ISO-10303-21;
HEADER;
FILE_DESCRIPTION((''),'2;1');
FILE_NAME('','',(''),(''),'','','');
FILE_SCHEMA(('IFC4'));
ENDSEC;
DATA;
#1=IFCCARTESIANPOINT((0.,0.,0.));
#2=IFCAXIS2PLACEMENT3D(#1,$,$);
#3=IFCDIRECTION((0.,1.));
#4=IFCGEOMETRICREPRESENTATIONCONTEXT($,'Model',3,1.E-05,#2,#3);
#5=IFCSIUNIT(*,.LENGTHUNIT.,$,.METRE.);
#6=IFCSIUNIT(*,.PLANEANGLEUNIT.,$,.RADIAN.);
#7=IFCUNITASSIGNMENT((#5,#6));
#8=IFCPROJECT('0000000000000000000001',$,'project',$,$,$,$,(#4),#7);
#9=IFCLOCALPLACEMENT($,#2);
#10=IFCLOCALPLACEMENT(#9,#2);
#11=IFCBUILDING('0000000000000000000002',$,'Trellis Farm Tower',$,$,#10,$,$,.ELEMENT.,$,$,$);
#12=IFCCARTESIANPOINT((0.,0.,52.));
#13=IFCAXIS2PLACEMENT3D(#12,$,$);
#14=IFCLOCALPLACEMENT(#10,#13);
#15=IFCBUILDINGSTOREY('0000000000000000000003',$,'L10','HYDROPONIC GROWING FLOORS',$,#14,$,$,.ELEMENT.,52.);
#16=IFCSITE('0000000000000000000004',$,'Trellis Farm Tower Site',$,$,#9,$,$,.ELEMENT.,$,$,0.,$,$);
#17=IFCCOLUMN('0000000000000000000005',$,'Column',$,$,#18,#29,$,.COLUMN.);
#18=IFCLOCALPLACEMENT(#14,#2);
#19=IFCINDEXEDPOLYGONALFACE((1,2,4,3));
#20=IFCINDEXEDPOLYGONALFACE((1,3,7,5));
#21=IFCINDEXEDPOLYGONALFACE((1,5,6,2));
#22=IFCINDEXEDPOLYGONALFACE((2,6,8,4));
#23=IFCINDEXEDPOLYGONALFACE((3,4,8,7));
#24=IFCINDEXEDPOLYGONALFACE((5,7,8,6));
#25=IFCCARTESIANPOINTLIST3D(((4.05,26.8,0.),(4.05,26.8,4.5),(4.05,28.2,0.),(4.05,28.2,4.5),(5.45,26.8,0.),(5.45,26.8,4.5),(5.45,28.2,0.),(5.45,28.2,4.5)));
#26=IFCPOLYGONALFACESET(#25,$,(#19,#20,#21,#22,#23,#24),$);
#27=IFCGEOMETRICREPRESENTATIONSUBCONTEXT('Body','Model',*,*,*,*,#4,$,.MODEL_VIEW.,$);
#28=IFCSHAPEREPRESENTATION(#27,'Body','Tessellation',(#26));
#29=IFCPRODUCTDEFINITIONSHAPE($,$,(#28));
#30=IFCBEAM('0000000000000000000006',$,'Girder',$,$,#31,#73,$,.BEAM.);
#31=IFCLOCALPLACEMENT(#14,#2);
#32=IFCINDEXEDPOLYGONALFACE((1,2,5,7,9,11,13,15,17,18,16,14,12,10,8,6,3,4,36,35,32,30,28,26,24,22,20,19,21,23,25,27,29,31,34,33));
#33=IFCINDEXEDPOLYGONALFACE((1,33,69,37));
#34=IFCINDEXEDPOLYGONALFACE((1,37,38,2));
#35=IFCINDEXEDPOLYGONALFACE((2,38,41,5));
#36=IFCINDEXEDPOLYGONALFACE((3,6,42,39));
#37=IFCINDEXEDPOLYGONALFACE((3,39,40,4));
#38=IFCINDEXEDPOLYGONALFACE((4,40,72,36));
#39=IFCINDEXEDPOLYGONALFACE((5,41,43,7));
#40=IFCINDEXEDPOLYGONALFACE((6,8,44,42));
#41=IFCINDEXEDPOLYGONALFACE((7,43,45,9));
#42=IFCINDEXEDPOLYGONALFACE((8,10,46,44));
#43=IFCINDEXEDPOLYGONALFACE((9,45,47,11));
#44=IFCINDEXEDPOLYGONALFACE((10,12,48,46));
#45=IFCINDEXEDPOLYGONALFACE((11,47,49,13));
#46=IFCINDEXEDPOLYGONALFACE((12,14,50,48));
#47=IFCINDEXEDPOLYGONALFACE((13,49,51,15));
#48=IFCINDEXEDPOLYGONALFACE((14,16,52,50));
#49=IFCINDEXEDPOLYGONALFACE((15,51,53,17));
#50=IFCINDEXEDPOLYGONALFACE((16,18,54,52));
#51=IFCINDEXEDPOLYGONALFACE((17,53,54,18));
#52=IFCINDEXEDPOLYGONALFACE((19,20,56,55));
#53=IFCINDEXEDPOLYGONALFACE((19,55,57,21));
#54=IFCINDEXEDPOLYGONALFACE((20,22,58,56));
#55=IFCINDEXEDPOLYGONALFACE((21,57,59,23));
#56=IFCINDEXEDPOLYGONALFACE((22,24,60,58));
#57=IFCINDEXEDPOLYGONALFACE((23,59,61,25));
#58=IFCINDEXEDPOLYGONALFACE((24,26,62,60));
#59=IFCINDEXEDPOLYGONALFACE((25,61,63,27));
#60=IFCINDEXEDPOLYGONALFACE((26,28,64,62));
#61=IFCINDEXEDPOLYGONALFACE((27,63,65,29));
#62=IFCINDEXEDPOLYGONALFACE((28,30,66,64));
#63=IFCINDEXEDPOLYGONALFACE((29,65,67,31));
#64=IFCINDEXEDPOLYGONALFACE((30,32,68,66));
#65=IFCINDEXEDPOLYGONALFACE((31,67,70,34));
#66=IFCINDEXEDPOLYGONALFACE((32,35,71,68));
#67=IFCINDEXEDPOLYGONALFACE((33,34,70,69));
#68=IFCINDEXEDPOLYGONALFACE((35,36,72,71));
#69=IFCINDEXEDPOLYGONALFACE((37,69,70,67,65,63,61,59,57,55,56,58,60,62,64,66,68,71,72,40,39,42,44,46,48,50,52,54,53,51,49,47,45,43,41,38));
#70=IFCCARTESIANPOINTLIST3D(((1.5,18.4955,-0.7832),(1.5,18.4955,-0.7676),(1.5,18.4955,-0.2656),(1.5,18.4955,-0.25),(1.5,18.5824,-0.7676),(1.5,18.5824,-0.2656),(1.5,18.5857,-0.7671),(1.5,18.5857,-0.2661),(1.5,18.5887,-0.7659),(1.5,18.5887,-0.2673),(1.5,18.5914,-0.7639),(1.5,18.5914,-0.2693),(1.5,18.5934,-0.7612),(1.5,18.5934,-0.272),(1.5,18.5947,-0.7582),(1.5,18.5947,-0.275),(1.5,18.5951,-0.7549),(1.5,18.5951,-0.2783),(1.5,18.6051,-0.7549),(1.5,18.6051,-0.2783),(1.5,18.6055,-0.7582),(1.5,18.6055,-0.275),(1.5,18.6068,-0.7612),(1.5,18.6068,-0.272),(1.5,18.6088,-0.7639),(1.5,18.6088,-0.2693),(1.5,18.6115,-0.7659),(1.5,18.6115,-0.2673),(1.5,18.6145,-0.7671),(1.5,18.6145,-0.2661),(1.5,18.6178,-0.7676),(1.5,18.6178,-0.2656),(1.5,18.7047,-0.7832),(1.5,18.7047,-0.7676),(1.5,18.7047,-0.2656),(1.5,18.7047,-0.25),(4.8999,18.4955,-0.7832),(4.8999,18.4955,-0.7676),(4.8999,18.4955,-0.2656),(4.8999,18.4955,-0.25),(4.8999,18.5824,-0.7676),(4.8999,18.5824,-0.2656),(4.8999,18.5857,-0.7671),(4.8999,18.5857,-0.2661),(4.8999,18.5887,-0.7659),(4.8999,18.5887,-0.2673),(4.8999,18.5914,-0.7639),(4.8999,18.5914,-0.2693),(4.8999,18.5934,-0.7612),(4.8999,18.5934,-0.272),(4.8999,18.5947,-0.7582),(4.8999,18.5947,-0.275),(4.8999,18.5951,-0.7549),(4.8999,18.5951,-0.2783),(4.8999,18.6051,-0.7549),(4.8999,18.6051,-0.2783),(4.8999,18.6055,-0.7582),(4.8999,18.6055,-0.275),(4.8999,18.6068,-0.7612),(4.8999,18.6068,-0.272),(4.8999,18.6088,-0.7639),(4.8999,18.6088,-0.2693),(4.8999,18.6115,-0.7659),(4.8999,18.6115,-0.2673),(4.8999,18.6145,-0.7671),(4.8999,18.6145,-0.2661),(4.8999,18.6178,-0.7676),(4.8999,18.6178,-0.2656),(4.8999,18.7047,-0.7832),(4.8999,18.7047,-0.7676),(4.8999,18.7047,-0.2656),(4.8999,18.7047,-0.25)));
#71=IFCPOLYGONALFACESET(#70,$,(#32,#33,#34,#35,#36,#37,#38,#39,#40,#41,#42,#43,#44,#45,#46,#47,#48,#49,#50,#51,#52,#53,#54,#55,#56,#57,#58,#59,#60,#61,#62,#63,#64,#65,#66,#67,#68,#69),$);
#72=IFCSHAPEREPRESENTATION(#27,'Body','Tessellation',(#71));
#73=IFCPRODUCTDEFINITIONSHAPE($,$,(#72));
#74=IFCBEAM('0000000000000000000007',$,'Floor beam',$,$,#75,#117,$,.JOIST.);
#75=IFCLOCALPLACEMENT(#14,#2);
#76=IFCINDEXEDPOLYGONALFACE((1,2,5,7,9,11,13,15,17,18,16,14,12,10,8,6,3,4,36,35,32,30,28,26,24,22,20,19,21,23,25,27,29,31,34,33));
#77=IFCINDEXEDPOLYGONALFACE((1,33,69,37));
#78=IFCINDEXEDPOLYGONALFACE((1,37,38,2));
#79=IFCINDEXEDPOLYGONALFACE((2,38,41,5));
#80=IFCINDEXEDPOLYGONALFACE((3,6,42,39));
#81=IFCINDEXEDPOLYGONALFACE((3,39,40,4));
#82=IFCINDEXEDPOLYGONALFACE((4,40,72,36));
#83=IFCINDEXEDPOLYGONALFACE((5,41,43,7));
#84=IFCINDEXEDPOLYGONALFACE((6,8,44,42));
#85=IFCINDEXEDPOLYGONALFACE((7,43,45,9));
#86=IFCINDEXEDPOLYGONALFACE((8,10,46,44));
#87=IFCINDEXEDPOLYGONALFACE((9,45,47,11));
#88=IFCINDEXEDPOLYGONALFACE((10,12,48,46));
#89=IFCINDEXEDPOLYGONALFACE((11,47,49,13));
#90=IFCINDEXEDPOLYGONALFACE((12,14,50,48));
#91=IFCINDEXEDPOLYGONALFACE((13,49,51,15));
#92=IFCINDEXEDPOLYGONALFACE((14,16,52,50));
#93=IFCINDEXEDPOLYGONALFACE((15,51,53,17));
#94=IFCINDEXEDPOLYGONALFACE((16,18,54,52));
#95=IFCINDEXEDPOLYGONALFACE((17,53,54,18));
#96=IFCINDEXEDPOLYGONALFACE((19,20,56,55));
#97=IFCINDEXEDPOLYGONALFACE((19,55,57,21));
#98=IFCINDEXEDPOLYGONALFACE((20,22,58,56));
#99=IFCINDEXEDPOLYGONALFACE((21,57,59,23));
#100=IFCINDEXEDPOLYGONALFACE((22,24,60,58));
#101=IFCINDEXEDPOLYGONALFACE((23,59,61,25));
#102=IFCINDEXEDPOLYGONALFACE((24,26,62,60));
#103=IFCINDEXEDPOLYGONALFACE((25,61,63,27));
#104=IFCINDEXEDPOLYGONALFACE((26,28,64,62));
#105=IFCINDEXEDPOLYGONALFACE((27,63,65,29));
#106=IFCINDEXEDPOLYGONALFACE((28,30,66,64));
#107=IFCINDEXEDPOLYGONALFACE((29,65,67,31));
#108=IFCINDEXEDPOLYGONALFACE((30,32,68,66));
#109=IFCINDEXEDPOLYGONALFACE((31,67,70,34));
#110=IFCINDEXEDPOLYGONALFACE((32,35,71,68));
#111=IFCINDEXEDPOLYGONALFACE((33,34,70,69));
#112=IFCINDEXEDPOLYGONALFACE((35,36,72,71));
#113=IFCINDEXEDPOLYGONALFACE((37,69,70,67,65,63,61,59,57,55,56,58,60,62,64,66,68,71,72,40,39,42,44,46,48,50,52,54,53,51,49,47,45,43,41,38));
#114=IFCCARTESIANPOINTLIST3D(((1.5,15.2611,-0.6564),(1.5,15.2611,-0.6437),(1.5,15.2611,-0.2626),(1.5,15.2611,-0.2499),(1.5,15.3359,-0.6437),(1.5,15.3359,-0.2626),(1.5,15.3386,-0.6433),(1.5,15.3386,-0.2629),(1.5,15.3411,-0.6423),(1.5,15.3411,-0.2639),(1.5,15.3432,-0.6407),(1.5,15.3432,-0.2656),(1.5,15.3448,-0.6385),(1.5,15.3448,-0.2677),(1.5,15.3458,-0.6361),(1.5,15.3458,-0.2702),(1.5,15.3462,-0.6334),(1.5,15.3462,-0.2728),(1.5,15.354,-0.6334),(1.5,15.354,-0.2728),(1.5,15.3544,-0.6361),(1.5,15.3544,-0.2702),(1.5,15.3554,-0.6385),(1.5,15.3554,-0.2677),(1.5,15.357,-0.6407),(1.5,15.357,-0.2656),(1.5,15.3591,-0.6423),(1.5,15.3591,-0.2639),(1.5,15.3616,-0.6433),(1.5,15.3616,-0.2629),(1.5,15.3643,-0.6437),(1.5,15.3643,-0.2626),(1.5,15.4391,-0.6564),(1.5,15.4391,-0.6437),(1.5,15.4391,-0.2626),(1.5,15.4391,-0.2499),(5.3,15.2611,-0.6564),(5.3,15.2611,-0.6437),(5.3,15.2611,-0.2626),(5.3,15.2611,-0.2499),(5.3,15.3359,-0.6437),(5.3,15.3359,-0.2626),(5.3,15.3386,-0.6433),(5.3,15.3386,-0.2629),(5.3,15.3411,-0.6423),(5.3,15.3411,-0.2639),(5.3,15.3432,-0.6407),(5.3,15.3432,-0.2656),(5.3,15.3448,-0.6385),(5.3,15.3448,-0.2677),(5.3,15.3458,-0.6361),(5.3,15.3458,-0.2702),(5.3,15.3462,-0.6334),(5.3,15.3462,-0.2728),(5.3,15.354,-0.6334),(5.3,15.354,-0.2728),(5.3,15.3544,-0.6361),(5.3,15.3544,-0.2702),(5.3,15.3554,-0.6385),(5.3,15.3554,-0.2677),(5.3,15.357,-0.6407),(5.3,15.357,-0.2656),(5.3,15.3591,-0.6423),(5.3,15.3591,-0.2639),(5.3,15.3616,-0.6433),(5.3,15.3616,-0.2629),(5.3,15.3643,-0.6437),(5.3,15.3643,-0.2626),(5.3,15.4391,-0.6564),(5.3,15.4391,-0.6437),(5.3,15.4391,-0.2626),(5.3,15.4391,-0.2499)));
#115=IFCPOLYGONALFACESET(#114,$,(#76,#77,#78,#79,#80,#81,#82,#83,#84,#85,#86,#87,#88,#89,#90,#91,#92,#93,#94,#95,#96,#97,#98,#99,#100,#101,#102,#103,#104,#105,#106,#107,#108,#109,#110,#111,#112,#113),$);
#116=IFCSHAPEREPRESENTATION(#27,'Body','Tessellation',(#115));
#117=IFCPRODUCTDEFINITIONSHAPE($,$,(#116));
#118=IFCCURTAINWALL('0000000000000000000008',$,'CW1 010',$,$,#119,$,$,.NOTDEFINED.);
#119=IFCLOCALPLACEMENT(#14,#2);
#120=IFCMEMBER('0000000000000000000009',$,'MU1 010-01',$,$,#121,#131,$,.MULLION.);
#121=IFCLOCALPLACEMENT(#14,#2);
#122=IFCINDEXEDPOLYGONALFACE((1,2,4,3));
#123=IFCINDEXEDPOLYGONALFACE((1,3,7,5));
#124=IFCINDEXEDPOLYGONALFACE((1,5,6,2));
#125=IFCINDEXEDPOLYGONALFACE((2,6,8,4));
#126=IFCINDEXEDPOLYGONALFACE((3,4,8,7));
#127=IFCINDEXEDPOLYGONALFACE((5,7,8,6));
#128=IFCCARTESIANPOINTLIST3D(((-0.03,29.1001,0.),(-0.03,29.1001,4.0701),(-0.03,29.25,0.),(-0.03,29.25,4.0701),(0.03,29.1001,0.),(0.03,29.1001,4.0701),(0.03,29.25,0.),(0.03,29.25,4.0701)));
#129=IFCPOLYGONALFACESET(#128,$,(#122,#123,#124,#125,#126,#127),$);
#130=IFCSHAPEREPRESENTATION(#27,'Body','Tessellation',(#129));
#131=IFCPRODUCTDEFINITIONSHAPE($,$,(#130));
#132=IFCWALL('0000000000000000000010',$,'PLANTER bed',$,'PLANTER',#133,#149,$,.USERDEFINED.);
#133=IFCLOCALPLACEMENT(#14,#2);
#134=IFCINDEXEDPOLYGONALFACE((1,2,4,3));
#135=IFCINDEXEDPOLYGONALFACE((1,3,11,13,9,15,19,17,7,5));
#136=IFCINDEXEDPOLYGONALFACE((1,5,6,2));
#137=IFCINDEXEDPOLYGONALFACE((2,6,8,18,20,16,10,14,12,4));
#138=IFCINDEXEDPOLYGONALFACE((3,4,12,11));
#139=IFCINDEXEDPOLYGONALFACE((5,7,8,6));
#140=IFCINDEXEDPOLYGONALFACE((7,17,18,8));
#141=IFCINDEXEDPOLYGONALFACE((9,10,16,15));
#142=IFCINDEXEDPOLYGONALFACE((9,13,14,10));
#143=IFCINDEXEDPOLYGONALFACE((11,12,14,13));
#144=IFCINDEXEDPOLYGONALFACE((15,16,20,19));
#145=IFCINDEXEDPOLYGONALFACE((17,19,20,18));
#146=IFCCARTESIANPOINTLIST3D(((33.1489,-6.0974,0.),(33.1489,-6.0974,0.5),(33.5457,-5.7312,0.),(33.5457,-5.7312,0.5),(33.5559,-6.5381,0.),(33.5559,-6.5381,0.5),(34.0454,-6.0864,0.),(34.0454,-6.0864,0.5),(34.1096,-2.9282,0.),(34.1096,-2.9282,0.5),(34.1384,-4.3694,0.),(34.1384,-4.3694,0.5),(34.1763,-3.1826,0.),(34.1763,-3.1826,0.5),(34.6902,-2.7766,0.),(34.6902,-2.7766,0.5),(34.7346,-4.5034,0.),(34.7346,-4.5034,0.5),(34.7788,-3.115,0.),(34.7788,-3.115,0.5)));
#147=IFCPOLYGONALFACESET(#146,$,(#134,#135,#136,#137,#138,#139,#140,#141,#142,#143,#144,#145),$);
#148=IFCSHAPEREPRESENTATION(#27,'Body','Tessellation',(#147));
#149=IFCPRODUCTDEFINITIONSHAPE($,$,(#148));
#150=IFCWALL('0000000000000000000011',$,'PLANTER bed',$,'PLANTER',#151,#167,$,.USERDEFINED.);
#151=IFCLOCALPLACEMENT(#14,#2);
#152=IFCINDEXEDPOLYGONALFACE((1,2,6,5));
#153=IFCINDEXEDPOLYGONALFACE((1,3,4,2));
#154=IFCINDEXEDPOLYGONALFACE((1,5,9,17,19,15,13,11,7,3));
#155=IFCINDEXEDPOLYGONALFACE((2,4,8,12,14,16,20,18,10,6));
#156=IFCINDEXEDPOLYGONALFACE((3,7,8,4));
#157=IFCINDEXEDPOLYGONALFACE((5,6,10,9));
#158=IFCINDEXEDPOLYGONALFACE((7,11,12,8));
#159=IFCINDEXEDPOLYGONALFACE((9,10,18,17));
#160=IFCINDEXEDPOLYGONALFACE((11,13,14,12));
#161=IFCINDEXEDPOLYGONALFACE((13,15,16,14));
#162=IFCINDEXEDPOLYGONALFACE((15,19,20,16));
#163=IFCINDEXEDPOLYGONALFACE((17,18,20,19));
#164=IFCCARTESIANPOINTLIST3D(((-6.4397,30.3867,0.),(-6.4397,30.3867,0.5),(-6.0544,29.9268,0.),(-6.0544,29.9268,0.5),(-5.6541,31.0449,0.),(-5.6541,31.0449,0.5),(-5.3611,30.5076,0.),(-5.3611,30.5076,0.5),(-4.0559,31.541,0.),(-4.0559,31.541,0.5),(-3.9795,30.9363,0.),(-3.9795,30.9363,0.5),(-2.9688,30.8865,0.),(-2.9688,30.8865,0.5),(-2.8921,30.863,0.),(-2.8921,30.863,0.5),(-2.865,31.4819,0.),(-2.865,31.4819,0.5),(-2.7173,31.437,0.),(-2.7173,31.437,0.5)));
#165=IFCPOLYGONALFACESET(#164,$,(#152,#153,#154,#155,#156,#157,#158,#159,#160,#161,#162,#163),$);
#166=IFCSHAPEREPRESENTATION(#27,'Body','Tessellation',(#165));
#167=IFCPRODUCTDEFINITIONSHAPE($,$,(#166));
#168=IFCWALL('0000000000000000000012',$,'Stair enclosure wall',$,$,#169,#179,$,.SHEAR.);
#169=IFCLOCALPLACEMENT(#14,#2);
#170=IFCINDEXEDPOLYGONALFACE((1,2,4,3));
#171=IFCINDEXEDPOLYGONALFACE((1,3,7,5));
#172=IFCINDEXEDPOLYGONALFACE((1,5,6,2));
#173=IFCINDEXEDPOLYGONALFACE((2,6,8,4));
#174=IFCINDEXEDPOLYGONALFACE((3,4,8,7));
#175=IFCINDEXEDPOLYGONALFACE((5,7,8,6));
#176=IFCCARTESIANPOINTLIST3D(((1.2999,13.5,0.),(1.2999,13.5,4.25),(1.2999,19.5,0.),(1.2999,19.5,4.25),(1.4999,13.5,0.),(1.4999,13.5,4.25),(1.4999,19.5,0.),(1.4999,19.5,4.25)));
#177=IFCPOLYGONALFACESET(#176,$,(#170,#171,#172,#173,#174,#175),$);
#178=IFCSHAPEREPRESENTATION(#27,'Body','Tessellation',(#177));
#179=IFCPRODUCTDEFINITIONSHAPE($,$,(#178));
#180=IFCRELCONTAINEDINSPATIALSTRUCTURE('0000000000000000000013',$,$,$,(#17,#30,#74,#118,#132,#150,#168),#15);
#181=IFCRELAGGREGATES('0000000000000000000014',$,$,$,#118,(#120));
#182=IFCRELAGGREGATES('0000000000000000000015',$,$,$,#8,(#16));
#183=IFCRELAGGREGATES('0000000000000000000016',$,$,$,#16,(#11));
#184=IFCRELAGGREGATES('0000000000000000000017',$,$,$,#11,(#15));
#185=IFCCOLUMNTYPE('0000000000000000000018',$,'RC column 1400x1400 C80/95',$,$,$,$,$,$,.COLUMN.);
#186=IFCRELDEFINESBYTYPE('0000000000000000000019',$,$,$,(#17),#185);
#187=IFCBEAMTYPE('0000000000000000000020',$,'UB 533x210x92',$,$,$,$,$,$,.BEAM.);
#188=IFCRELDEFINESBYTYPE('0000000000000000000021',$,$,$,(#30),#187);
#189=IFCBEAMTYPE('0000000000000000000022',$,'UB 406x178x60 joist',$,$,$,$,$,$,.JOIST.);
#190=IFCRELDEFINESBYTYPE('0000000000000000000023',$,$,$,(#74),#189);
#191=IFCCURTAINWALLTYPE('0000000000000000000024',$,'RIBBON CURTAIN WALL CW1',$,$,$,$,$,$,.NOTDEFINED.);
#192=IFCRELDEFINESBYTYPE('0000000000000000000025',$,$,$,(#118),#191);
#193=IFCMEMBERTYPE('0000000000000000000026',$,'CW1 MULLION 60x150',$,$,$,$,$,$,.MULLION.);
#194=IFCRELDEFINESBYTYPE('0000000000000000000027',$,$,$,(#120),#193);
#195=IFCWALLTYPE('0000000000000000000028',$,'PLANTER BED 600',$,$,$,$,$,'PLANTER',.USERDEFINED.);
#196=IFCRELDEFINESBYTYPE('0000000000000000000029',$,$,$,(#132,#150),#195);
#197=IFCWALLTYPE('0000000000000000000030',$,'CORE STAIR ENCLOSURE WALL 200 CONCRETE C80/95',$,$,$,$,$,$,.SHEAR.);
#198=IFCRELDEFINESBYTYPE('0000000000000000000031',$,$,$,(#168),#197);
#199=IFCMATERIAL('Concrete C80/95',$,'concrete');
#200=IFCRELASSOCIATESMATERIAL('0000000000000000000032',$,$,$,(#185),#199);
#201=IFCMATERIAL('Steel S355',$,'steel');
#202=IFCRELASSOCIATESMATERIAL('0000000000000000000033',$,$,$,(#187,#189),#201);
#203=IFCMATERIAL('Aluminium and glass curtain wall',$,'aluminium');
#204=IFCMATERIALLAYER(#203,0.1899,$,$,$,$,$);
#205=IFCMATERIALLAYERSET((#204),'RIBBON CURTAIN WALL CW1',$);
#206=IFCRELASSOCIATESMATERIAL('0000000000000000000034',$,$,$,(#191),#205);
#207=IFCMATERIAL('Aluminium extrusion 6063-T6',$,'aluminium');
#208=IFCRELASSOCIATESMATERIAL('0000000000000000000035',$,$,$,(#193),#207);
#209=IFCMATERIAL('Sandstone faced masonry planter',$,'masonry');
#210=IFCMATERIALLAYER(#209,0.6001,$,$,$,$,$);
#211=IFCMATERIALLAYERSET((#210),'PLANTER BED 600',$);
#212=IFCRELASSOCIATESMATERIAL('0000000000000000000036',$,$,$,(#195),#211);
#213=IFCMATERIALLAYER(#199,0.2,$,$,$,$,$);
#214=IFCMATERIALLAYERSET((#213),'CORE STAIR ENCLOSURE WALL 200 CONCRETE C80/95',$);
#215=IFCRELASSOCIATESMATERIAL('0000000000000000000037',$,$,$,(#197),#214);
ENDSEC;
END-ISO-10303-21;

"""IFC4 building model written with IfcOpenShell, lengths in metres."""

from ifc_helpers import new_model, si_unit, direction, frame, frame_2d, origin, origin_2d, place, context, subcontext, project, spatial, polyline, rectangle, i_section, outline, extrude, source, transform, mapped, material, layer, layer_set, material_profile, profile_set, type_object, element, aggregate, save


model = new_model("IFC4")

# Units and contexts
model_context = context("Model", 3, precision=1e-05, world=origin(), true_north=direction((0.0, 1.0)))
body_context = subcontext(model_context, "Body", "Model", "MODEL_VIEW")
ifc_project = project(units=[si_unit("LENGTHUNIT", "METRE"), si_unit("PLANEANGLEUNIT", "RADIAN")], contexts=[model_context])

# Site, building, storey
site_placement = place(None, origin())
site = spatial("IfcSite", under=ifc_project, at=site_placement, Name="Trellis Farm Tower Site", CompositionType="ELEMENT", RefElevation=0.0)
building_placement = place(site_placement, origin())
building = spatial("IfcBuilding", under=site, at=building_placement, Name="Trellis Farm Tower", CompositionType="ELEMENT")
storey_placement = place(building_placement, frame((0.0, 0.0, 52.0)))
storey = spatial("IfcBuildingStorey", under=building, at=storey_placement, Name="L10", Description="HYDROPONIC GROWING FLOORS", CompositionType="ELEMENT", Elevation=52.0)

# Column
ifc_material_1 = material(Name="Concrete C80/95", Category="concrete")
ifc_material_profile_1 = material_profile(ifc_material_1, rectangle(XDim=1.3999, YDim=1.3999, at=origin_2d()), Name="RC column 1400x1400 C80/95")
ifc_profile_set_1 = profile_set([ifc_material_profile_1], Name="Concrete C80/95")
column_type = type_object("IfcColumnType", Name="RC column 1400x1400 C80/95", PredefinedType="COLUMN", material=ifc_profile_set_1)
shared_shape_1 = source(origin(), body_context, "Body", "SweptSolid", [
    extrude(rectangle(XDim=1.3999, YDim=1.3999, at=origin_2d()), origin(), (0.0, 0.0, 1.0), 4.5),
])
column_placement = place(storey_placement, frame((4.75, 27.5, 0.0), z_axis=(0.0, 0.0, 1.0), x_axis=(1.0, 0.0, 0.0)))
element("IfcColumn", 1, at=column_placement, inside=storey, type_object=column_type, Name="Column", PredefinedType="COLUMN", context=body_context, shape_type="MappedRepresentation", body=[
    mapped(shared_shape_1, transform((0.0, 0.0, 0.0))),
])

# Beams
ifc_material_2 = material(Name="Steel S355", Category="steel")
ifc_material_profile_2 = material_profile(ifc_material_2, i_section(OverallWidth=0.2092, OverallDepth=0.5332, WebThickness=0.01, FlangeThickness=0.0156, FilletRadius=0.0127, at=origin_2d()), Name="UB 533x210x92")
ifc_profile_set_2 = profile_set([ifc_material_profile_2], Name="Steel S355")
beam_type_1 = type_object("IfcBeamType", Name="UB 533x210x92", PredefinedType="BEAM", material=ifc_profile_set_2)
shared_shape_2 = source(origin(), body_context, "Body", "SweptSolid", [
    extrude(i_section(OverallWidth=0.2092, OverallDepth=0.5332, WebThickness=0.01, FlangeThickness=0.0156, FilletRadius=0.0127, at=origin_2d()), origin(), (0.0, 0.0, 1.0), 3.3999),
])
beam_1_placement = place(storey_placement, frame((1.5, 18.6001, -0.5166), z_axis=(1.0, 0.0, 0.0), x_axis=(0.0, 1.0, 0.0)))
element("IfcBeam", 2, at=beam_1_placement, inside=storey, type_object=beam_type_1, Name="Girder", PredefinedType="BEAM", context=body_context, shape_type="MappedRepresentation", body=[
    mapped(shared_shape_2, transform((0.0, 0.0, 0.0))),
])
ifc_material_profile_3 = material_profile(ifc_material_2, i_section(OverallWidth=0.178, OverallDepth=0.4065, WebThickness=0.0078, FlangeThickness=0.0127, FilletRadius=0.0103, at=origin_2d()), Name="UB 406x178x60")
ifc_profile_set_3 = profile_set([ifc_material_profile_3], Name="Steel S355")
beam_type_2 = type_object("IfcBeamType", Name="UB 406x178x60 joist", PredefinedType="JOIST", material=ifc_profile_set_3)
shared_shape_3 = source(origin(), body_context, "Body", "SweptSolid", [
    extrude(i_section(OverallWidth=0.178, OverallDepth=0.4065, WebThickness=0.0078, FlangeThickness=0.0127, FilletRadius=0.0103, at=origin_2d()), origin(), (0.0, 0.0, 1.0), 3.8),
])
beam_2_placement = place(storey_placement, frame((1.5, 15.3501, -0.4531), z_axis=(1.0, 0.0, 0.0), x_axis=(0.0, 1.0, 0.0)))
element("IfcBeam", 3, at=beam_2_placement, inside=storey, type_object=beam_type_2, Name="Floor beam", PredefinedType="JOIST", context=body_context, shape_type="MappedRepresentation", body=[
    mapped(shared_shape_3, transform((0.0, 0.0, 0.0))),
])

# Curtain wall, member
ifc_material_3 = material(Name="Aluminium and glass curtain wall", Category="aluminium")
ifc_layer_1 = layer(ifc_material_3, 0.1899)
ifc_layer_set_1 = layer_set([ifc_layer_1], Name="RIBBON CURTAIN WALL CW1")
curtain_wall_type = type_object("IfcCurtainWallType", Name="RIBBON CURTAIN WALL CW1", PredefinedType="NOTDEFINED", material=ifc_layer_set_1)
placement = place(storey_placement, origin())
curtain_wall = element("IfcCurtainWall", 4, at=placement, inside=storey, type_object=curtain_wall_type, Name="CW1 010", PredefinedType="NOTDEFINED")
ifc_material_4 = material(Name="Aluminium extrusion 6063-T6", Category="aluminium")
ifc_material_profile_4 = material_profile(ifc_material_4, rectangle(XDim=0.0601, YDim=0.1499, at=origin_2d()), Name="MULLION 60x150")
ifc_profile_set_4 = profile_set([ifc_material_profile_4], Name="Aluminium extrusion 6063-T6")
member_type = type_object("IfcMemberType", Name="CW1 MULLION 60x150", PredefinedType="MULLION", material=ifc_profile_set_4)
shared_shape_4 = source(origin(), body_context, "Body", "SweptSolid", [
    extrude(rectangle(XDim=0.0601, YDim=0.1499, at=origin_2d()), origin(), (0.0, 0.0, 1.0), 4.0701),
])
member_placement = place(storey_placement, frame((0.0, 29.175, 0.0), z_axis=(0.0, 0.0, 1.0), x_axis=(-1.0, 0.0, 0.0)))
member = element("IfcMember", 5, at=member_placement, type_object=member_type, Name="MU1 010-01", PredefinedType="MULLION", context=body_context, shape_type="MappedRepresentation", body=[
    mapped(shared_shape_4, transform((0.0, 0.0, 0.0))),
])
aggregate(curtain_wall, [member])

# Walls
ifc_material_5 = material(Name="Sandstone faced masonry planter", Category="masonry")
ifc_layer_2 = layer(ifc_material_5, 0.6001)
ifc_layer_set_2 = layer_set([ifc_layer_2], Name="PLANTER BED 600")
wall_type_1 = type_object("IfcWallType", Name="PLANTER BED 600", ElementType="PLANTER", PredefinedType="USERDEFINED", material=ifc_layer_set_2)
element("IfcWall", 6, at=placement, inside=storey, type_object=wall_type_1, Name="PLANTER bed", ObjectType="PLANTER", PredefinedType="USERDEFINED", context=body_context, shape_type="SweptSolid", body=[
    extrude(outline(polyline([(34.7346, -4.5034), (34.0454, -6.0864), (33.5559, -6.5381), (33.1489, -6.0974), (33.5457, -5.7312), (34.1384, -4.3694), (34.1763, -3.1826), (34.1096, -2.9282), (34.6902, -2.7766), (34.7788, -3.115), (34.7346, -4.5034)])), origin(), (0.0, 0.0, 1.0), 0.5),
])
element("IfcWall", 7, at=placement, inside=storey, type_object=wall_type_1, Name="PLANTER bed", ObjectType="PLANTER", PredefinedType="USERDEFINED", context=body_context, shape_type="SweptSolid", body=[
    extrude(outline(polyline([(-4.0559, 31.541), (-2.865, 31.4819), (-2.7173, 31.437), (-2.8921, 30.863), (-2.9688, 30.8865), (-3.9795, 30.9363), (-5.3611, 30.5076), (-6.0544, 29.9268), (-6.4397, 30.3867), (-5.6541, 31.0449), (-4.0559, 31.541)])), origin(), (0.0, 0.0, 1.0), 0.5),
])
ifc_layer_3 = layer(ifc_material_1, 0.2)
ifc_layer_set_3 = layer_set([ifc_layer_3], Name="CORE STAIR ENCLOSURE WALL 200 CONCRETE C80/95")
wall_type_2 = type_object("IfcWallType", Name="CORE STAIR ENCLOSURE WALL 200 CONCRETE C80/95", PredefinedType="SHEAR", material=ifc_layer_set_3)
shared_shape_5 = source(origin(), body_context, "Body", "SweptSolid", [
    extrude(rectangle(XDim=6.0, YDim=0.2, at=frame_2d((3.0, 0.0))), origin(), (0.0, 0.0, 1.0), 4.25),
])
wall_1_placement = place(storey_placement, frame((1.3999, 13.5, 0.0), z_axis=(0.0, 0.0, 1.0), x_axis=(0.0, 1.0, 0.0)))
element("IfcWall", 8, at=wall_1_placement, inside=storey, type_object=wall_type_2, Name="Stair enclosure wall", PredefinedType="SHEAR", context=body_context, shape_type="MappedRepresentation", body=[
    mapped(shared_shape_5, transform((0.0, 0.0, 0.0))),
])

save(model, "model.ifc")
